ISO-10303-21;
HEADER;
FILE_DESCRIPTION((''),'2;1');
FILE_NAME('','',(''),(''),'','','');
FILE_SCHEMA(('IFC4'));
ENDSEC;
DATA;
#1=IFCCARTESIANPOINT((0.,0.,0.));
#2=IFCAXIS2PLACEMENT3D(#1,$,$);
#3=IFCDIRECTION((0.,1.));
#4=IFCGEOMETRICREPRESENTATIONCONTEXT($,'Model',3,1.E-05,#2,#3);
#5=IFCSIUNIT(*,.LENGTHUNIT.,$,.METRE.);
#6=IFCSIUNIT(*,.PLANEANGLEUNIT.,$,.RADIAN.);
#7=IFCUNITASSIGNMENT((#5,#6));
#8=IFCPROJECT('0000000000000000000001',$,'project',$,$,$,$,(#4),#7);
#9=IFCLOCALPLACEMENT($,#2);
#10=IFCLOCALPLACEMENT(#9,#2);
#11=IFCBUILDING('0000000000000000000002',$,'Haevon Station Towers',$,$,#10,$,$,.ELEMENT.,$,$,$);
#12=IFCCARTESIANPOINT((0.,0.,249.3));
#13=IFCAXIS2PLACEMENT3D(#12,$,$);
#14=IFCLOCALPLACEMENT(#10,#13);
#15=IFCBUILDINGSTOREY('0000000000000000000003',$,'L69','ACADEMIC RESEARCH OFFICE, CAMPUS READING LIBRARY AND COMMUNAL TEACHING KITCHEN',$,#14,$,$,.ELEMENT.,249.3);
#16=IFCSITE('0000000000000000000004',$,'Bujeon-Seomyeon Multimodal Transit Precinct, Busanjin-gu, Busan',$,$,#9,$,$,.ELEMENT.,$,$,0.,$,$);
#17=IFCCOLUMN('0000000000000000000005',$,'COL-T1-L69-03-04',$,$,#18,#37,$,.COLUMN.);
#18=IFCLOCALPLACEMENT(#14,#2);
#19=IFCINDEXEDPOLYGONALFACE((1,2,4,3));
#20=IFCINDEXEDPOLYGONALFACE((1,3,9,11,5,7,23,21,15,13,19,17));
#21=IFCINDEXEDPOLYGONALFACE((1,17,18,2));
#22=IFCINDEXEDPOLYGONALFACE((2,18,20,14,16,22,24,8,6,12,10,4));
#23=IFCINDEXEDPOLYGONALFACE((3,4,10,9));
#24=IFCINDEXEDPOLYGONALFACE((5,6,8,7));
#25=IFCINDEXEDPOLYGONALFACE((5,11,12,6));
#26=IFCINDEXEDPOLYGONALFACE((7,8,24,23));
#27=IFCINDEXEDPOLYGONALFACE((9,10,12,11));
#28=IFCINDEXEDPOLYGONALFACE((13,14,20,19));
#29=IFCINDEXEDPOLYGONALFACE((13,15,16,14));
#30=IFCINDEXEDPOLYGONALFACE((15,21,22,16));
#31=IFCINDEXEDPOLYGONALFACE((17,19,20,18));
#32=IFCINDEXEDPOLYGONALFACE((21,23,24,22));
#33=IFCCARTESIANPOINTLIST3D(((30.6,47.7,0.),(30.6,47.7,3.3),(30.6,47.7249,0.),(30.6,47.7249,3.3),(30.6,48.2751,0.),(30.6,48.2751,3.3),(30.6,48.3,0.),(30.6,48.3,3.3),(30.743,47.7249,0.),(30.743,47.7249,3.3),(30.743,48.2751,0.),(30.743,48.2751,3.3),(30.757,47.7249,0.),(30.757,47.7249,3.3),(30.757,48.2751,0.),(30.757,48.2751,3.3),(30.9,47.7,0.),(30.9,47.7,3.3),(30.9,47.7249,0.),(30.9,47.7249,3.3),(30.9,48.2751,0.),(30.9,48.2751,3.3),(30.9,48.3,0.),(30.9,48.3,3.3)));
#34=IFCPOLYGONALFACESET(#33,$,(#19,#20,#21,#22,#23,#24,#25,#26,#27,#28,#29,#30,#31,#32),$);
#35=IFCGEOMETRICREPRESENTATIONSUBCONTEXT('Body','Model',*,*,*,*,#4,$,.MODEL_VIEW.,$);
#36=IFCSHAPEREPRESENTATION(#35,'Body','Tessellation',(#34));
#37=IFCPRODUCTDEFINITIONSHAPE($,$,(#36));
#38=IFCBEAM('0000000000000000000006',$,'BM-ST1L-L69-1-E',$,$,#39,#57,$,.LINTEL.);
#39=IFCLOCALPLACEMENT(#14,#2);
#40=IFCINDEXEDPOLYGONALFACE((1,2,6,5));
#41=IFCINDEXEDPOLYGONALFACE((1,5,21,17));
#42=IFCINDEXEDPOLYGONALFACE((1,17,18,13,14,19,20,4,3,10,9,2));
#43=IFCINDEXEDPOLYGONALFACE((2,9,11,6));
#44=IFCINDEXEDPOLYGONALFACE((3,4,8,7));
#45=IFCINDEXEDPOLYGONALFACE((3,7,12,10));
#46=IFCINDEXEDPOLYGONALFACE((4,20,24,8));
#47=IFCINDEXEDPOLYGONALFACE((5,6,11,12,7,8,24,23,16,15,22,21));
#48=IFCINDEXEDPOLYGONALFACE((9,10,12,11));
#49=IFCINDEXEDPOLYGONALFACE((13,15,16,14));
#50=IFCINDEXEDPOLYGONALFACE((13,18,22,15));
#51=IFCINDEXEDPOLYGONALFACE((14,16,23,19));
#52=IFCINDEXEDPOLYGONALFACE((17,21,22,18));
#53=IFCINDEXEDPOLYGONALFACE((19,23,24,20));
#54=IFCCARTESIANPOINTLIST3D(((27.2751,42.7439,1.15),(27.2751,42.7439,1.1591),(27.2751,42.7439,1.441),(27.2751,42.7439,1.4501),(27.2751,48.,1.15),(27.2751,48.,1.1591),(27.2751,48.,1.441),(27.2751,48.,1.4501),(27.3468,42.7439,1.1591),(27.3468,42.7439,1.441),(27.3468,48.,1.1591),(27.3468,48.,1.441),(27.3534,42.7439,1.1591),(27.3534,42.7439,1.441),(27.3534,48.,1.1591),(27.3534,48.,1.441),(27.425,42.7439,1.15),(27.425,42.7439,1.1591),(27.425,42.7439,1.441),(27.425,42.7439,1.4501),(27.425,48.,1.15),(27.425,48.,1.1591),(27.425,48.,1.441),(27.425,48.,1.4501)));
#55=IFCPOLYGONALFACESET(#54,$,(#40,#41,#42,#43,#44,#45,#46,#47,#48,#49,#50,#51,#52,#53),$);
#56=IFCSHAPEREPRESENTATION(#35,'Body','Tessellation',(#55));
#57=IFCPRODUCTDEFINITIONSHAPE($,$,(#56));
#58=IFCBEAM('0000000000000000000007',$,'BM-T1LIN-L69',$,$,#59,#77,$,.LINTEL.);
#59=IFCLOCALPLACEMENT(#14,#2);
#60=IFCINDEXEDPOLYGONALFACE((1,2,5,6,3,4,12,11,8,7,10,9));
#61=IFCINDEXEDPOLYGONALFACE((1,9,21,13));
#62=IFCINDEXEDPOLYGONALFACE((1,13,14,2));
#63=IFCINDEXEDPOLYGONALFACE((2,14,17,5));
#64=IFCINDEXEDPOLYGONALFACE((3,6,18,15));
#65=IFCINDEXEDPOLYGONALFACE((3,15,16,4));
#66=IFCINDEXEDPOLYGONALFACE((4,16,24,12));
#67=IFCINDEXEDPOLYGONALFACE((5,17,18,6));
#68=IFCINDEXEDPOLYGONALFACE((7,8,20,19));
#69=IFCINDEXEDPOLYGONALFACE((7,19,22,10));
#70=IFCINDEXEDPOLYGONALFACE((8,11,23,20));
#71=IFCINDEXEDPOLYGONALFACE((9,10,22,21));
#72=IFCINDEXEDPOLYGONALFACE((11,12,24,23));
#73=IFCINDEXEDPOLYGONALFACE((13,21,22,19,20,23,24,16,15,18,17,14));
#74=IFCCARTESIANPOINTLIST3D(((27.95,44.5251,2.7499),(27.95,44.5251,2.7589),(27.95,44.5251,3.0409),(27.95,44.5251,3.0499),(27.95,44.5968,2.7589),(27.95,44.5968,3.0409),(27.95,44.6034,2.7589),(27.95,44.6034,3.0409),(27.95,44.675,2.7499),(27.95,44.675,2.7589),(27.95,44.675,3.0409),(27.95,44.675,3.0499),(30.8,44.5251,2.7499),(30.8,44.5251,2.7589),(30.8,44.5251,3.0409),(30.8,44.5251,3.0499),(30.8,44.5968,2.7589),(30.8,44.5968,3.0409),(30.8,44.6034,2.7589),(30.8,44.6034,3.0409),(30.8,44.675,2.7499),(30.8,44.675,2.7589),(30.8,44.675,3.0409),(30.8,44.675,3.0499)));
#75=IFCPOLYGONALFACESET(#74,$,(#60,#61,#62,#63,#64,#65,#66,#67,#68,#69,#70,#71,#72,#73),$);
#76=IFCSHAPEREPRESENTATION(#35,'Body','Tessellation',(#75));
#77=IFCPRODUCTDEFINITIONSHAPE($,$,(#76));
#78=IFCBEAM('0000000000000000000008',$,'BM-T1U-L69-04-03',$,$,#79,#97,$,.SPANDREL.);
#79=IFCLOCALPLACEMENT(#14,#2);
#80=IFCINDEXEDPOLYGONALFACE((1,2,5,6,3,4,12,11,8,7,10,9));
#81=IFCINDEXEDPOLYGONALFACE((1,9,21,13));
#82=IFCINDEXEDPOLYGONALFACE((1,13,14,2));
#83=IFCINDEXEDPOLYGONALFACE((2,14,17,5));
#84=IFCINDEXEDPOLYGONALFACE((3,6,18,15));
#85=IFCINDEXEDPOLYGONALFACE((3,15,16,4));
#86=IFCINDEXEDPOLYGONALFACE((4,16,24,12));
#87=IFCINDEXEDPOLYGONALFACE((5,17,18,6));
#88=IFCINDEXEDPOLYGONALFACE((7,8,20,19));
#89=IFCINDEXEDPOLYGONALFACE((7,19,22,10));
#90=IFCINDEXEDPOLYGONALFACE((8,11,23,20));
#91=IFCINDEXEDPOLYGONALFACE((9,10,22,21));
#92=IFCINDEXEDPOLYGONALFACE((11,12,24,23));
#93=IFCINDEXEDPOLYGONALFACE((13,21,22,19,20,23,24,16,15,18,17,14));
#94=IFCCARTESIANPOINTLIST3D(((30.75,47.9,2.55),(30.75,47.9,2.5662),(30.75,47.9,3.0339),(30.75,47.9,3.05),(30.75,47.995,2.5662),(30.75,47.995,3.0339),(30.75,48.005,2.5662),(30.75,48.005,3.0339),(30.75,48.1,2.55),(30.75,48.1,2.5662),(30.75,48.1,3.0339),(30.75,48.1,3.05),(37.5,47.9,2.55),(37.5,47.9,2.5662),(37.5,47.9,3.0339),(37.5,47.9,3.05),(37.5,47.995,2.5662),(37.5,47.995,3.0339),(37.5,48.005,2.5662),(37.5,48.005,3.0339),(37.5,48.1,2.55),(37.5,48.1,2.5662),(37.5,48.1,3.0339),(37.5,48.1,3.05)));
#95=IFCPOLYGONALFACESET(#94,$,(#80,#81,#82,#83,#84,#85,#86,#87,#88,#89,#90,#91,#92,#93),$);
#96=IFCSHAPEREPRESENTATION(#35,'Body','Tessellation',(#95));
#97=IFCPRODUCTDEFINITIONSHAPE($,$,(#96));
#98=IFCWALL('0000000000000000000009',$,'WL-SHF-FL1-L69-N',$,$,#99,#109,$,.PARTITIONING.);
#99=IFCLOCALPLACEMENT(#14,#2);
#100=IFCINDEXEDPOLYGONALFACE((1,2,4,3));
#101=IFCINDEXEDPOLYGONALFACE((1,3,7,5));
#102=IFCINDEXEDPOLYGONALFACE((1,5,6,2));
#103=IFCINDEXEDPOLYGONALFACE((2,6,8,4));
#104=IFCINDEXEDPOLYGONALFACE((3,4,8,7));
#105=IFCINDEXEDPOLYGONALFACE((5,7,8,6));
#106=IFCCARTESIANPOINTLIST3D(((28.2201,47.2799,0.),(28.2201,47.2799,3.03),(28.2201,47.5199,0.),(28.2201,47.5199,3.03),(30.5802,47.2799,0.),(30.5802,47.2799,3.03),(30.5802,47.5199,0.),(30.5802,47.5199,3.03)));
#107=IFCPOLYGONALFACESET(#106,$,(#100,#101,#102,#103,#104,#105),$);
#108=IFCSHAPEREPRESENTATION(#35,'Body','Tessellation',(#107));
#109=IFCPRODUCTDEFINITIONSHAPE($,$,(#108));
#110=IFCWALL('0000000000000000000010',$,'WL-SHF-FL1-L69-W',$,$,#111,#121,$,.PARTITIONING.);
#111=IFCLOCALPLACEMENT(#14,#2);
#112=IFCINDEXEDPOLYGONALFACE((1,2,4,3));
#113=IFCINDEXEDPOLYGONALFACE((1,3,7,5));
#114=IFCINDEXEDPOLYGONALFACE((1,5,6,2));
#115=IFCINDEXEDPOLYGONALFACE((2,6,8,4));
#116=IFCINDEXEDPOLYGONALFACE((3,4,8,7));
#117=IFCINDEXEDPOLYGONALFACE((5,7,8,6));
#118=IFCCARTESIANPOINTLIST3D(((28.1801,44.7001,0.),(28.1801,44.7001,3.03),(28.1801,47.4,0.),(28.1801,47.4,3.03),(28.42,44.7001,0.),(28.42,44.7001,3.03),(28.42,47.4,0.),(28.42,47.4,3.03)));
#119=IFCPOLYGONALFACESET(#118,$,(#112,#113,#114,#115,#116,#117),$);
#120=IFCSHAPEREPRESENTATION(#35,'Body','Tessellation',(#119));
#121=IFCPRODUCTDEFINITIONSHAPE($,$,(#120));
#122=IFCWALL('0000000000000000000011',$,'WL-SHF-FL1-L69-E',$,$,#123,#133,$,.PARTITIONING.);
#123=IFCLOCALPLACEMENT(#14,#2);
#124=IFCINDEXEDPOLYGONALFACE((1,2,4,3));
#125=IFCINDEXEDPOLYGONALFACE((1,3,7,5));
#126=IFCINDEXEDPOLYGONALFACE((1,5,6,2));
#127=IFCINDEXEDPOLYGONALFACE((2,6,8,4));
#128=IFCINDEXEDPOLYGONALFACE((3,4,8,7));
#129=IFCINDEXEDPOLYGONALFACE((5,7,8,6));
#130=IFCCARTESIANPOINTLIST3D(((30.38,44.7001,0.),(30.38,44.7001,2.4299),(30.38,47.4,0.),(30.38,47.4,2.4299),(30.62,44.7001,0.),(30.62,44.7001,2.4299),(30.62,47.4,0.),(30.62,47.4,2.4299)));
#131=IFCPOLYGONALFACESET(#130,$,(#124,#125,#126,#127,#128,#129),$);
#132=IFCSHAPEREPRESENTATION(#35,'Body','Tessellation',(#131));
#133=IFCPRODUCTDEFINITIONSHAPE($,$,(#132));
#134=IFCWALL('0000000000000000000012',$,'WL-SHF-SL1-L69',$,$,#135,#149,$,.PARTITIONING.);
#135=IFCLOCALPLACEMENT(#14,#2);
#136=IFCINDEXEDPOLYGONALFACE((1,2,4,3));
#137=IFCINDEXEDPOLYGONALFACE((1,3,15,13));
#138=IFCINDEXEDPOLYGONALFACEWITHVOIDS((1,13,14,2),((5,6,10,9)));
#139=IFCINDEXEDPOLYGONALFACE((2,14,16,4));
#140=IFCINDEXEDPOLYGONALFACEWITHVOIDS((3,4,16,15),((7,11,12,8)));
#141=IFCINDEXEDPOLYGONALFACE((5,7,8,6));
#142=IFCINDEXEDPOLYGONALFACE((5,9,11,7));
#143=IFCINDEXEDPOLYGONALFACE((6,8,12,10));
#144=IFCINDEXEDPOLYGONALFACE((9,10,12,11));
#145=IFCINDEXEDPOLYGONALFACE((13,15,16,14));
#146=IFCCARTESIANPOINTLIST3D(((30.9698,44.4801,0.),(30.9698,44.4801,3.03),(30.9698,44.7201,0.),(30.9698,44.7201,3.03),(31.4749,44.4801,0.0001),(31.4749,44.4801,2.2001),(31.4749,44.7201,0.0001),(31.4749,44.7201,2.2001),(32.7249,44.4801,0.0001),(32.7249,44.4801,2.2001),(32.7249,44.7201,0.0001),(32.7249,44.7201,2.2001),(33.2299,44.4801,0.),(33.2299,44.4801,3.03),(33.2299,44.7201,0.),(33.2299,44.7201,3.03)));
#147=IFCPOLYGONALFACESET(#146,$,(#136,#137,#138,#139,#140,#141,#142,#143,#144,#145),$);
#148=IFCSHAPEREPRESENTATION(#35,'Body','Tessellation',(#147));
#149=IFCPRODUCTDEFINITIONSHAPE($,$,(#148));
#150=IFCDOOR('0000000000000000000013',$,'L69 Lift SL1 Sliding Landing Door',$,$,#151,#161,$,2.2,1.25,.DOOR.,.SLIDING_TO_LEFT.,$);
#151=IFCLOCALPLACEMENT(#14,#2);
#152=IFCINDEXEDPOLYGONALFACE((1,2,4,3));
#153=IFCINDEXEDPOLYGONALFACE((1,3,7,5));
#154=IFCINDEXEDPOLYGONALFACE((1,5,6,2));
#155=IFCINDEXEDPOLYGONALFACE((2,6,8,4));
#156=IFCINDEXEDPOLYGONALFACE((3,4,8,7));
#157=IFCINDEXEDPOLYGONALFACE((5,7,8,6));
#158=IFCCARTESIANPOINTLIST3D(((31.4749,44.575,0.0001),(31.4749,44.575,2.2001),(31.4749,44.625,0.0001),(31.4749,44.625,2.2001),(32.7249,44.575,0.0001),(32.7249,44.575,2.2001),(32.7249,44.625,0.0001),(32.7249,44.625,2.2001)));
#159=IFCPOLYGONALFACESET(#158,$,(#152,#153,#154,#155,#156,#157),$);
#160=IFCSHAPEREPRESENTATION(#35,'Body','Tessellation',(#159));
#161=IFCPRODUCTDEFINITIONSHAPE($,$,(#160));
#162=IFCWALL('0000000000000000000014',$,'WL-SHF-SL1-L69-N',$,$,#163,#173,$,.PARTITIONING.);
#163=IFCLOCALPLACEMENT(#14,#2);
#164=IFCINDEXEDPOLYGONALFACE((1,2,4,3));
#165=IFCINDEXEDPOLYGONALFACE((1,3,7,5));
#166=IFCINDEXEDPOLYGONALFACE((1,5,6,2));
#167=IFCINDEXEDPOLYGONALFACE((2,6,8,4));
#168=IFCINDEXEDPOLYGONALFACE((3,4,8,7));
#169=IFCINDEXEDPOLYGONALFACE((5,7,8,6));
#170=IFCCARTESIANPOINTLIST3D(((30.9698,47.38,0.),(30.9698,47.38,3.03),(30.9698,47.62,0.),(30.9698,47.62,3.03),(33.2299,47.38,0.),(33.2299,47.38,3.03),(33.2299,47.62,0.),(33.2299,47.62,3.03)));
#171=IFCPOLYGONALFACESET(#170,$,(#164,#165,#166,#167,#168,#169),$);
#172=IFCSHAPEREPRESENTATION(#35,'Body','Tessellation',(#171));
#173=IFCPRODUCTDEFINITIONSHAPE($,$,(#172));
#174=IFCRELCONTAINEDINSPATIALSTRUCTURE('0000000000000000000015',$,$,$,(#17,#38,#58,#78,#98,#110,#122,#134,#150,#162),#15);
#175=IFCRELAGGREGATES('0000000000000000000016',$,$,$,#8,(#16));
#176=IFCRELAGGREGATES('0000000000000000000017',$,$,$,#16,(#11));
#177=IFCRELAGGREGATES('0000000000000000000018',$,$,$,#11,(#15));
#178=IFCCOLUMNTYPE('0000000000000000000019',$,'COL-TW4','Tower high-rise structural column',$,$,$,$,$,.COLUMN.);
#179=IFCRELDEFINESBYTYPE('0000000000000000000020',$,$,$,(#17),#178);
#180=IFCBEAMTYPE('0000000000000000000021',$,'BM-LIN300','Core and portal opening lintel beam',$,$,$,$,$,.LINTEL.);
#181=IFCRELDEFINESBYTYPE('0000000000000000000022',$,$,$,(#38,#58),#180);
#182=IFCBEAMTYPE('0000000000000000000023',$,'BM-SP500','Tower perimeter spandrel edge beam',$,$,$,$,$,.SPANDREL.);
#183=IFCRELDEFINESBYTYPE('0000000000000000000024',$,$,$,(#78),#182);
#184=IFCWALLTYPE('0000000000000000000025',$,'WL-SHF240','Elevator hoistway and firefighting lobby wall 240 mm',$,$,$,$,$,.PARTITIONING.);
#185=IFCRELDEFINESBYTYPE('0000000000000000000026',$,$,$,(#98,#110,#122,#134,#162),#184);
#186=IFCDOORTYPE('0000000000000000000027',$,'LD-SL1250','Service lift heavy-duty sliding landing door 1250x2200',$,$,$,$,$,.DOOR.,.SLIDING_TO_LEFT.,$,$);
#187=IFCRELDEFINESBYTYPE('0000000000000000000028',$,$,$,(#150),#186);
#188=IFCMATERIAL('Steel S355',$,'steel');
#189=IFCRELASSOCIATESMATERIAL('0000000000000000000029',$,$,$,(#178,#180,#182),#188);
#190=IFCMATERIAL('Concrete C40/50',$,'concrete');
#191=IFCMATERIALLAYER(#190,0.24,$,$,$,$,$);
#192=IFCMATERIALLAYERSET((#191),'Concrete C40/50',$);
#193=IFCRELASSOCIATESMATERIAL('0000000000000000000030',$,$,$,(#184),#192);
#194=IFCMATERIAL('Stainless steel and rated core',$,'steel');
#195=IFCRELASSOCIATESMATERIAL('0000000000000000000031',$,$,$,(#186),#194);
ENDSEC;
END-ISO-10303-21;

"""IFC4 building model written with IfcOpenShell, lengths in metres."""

from ifc_helpers import new_model, si_unit, direction, frame, frame_2d, origin, origin_2d, place, context, subcontext, project, spatial, rectangle, i_section, extrude, material, layer, layer_set, material_profile, profile_set, type_object, element, fill, save


model = new_model("IFC4")

# Units and contexts
model_context = context("Model", 3, precision=1e-05, world=origin(), true_north=direction((0.0, 1.0)))
body_context = subcontext(model_context, "Body", "Model", "MODEL_VIEW")
ifc_project = project(units=[si_unit("LENGTHUNIT", "METRE"), si_unit("PLANEANGLEUNIT", "RADIAN")], contexts=[model_context])

# Site, building, storey
site_placement = place(None, origin())
site = spatial("IfcSite", under=ifc_project, at=site_placement, Name="Bujeon-Seomyeon Multimodal Transit Precinct, Busanjin-gu, Busan", CompositionType="ELEMENT", RefElevation=0.0)
building_placement = place(site_placement, origin())
building = spatial("IfcBuilding", under=site, at=building_placement, Name="Haevon Station Towers", CompositionType="ELEMENT")
storey_placement = place(building_placement, frame((0.0, 0.0, 249.3)))
storey = spatial("IfcBuildingStorey", under=building, at=storey_placement, Name="L69", Description="ACADEMIC RESEARCH OFFICE, CAMPUS READING LIBRARY AND COMMUNAL TEACHING KITCHEN", CompositionType="ELEMENT", Elevation=249.3)

# Column
ifc_material_1 = material(Name="Steel S355", Category="steel")
ifc_material_profile_1 = material_profile(ifc_material_1, i_section(OverallWidth=0.3, OverallDepth=0.6001, WebThickness=0.0139, FlangeThickness=0.0249, at=origin_2d()), Name="H-600x300x14x25")
ifc_profile_set_1 = profile_set([ifc_material_profile_1], Name="Steel S355")
column_type = type_object("IfcColumnType", Name="COL-TW4", Description="Tower high-rise structural column", PredefinedType="COLUMN", material=ifc_profile_set_1)
column_placement = place(storey_placement, frame((30.75, 48.0, 0.0), z_axis=(0.0, 0.0, 1.0), x_axis=(1.0, 0.0, 0.0)))
element("IfcColumn", 1, at=column_placement, inside=storey, type_object=column_type, Name="COL-T1-L69-03-04", PredefinedType="COLUMN", context=body_context, shape_type="SweptSolid", body=[
    extrude(i_section(OverallWidth=0.3, OverallDepth=0.6001, WebThickness=0.0139, FlangeThickness=0.0249, at=origin_2d()), origin(), (0.0, 0.0, 1.0), 3.3),
])

# Beams
ifc_material_profile_2 = material_profile(ifc_material_1, i_section(OverallWidth=0.1499, OverallDepth=0.3, WebThickness=0.0066, FlangeThickness=0.009, at=origin_2d()), Name="H-300x150x6.5x9")
ifc_profile_set_2 = profile_set([ifc_material_profile_2], Name="Steel S355")
beam_type_1 = type_object("IfcBeamType", Name="BM-LIN300", Description="Core and portal opening lintel beam", PredefinedType="LINTEL", material=ifc_profile_set_2)
beam_1_placement = place(storey_placement, frame((27.3501, 42.7439, 1.3), z_axis=(0.0, 1.0, 0.0), x_axis=(-1.0, 0.0, 0.0)))
element("IfcBeam", 2, at=beam_1_placement, inside=storey, type_object=beam_type_1, Name="BM-ST1L-L69-1-E", PredefinedType="LINTEL", context=body_context, shape_type="SweptSolid", body=[
    extrude(i_section(OverallWidth=0.1499, OverallDepth=0.3, WebThickness=0.0066, FlangeThickness=0.009, at=origin_2d()), origin(), (0.0, 0.0, 1.0), 5.2561),
])
beam_2_placement = place(storey_placement, frame((27.95, 44.6001, 2.8999), z_axis=(1.0, 0.0, 0.0), x_axis=(0.0, 1.0, 0.0)))
element("IfcBeam", 3, at=beam_2_placement, inside=storey, type_object=beam_type_1, Name="BM-T1LIN-L69", PredefinedType="LINTEL", context=body_context, shape_type="SweptSolid", body=[
    extrude(i_section(OverallWidth=0.1499, OverallDepth=0.3, WebThickness=0.0066, FlangeThickness=0.009, at=origin_2d()), origin(), (0.0, 0.0, 1.0), 2.8501),
])
ifc_material_profile_3 = material_profile(ifc_material_1, i_section(OverallWidth=0.2, OverallDepth=0.5, WebThickness=0.01, FlangeThickness=0.0161, at=origin_2d()), Name="H-500x200x10x16")
ifc_profile_set_3 = profile_set([ifc_material_profile_3], Name="Steel S355")
beam_type_2 = type_object("IfcBeamType", Name="BM-SP500", Description="Tower perimeter spandrel edge beam", PredefinedType="SPANDREL", material=ifc_profile_set_3)
beam_3_placement = place(storey_placement, frame((30.75, 48.0, 2.8), z_axis=(1.0, 0.0, 0.0), x_axis=(0.0, 1.0, 0.0)))
element("IfcBeam", 4, at=beam_3_placement, inside=storey, type_object=beam_type_2, Name="BM-T1U-L69-04-03", PredefinedType="SPANDREL", context=body_context, shape_type="SweptSolid", body=[
    extrude(i_section(OverallWidth=0.2, OverallDepth=0.5, WebThickness=0.01, FlangeThickness=0.0161, at=origin_2d()), origin(), (0.0, 0.0, 1.0), 6.75),
])

# Shared definitions
ifc_material_2 = material(Name="Concrete C40/50", Category="concrete")
ifc_layer = layer(ifc_material_2, 0.24)
ifc_layer_set = layer_set([ifc_layer], Name="Concrete C40/50")
wall_type = type_object("IfcWallType", Name="WL-SHF240", Description="Elevator hoistway and firefighting lobby wall 240 mm", PredefinedType="PARTITIONING", material=ifc_layer_set)
ifc_material_3 = material(Name="Stainless steel and rated core", Category="steel")

# Walls
wall_1_placement = place(storey_placement, frame((28.22, 47.3999, 0.0), z_axis=(0.0, 0.0, 1.0), x_axis=(1.0, 0.0, 0.0)))
element("IfcWall", 5, at=wall_1_placement, inside=storey, type_object=wall_type, Name="WL-SHF-FL1-L69-N", PredefinedType="PARTITIONING", context=body_context, shape_type="SweptSolid", body=[
    extrude(rectangle(XDim=2.3601, YDim=0.24, at=frame_2d((1.1802, 0.0))), origin(), (0.0, 0.0, 1.0), 3.03),
])
wall_2_placement = place(storey_placement, frame((28.3, 44.7, 0.0), z_axis=(0.0, 0.0, 1.0), x_axis=(0.0, 1.0, 0.0)))
element("IfcWall", 6, at=wall_2_placement, inside=storey, type_object=wall_type, Name="WL-SHF-FL1-L69-W", PredefinedType="PARTITIONING", context=body_context, shape_type="SweptSolid", body=[
    extrude(rectangle(XDim=2.7, YDim=0.24, at=frame_2d((1.3501, 0.0))), origin(), (0.0, 0.0, 1.0), 3.03),
])
wall_3_placement = place(storey_placement, frame((30.5, 44.7, 0.0), z_axis=(0.0, 0.0, 1.0), x_axis=(0.0, 1.0, 0.0)))
element("IfcWall", 7, at=wall_3_placement, inside=storey, type_object=wall_type, Name="WL-SHF-FL1-L69-E", PredefinedType="PARTITIONING", context=body_context, shape_type="SweptSolid", body=[
    extrude(rectangle(XDim=2.7, YDim=0.24, at=frame_2d((1.3501, 0.0))), origin(), (0.0, 0.0, 1.0), 2.4299),
])

# Wall, opening, door
wall_4_placement = place(storey_placement, frame((30.97, 44.6001, 0.0), z_axis=(0.0, 0.0, 1.0), x_axis=(1.0, 0.0, 0.0)))
wall_4 = element("IfcWall", 8, at=wall_4_placement, inside=storey, type_object=wall_type, Name="WL-SHF-SL1-L69", PredefinedType="PARTITIONING", context=body_context, shape_type="SweptSolid", body=[
    extrude(rectangle(XDim=2.26, YDim=0.24, at=frame_2d((1.1299, 0.0))), origin(), (0.0, 0.0, 1.0), 3.03),
])
opening_1_placement = place(wall_4_placement, frame((0.5049, 0.0, 0.0)))
opening_1 = element("IfcOpeningElement", 9, at=opening_1_placement, cuts=wall_4, PredefinedType="OPENING", context=body_context, shape_type="SweptSolid", body=[
    extrude(rectangle(XDim=1.25, YDim=2.2, at=frame_2d((0.625, 1.1001))), frame((0.0, 0.1299, 0.0), z_axis=(0.0, -1.0, 0.0), x_axis=(1.0, 0.0, 0.0)), (0.0, 0.0, 1.0), 0.26),
])
door_type_1 = type_object("IfcDoorType", Name="LD-SL1250", Description="Service lift heavy-duty sliding landing door 1250x2200", OperationType="SLIDING_TO_LEFT", PredefinedType="DOOR", material=ifc_material_3)
door_1_placement = place(opening_1_placement, origin())
door_1 = element("IfcDoor", 10, at=door_1_placement, inside=storey, type_object=door_type_1, Name="L69 Lift SL1 Sliding Landing Door", OperationType="SLIDING_TO_LEFT", OverallHeight=2.2, OverallWidth=1.25, PredefinedType="DOOR", context=body_context, shape_type="SweptSolid", body=[
    extrude(rectangle(XDim=1.25, YDim=2.2, at=frame_2d((0.625, 1.1001))), frame((0.0, 0.0249, 0.0), z_axis=(0.0, -1.0, 0.0), x_axis=(1.0, 0.0, 0.0)), (0.0, 0.0, 1.0), 0.05),
])
fill(opening_1, door_1)

# Wall
wall_5_placement = place(storey_placement, frame((30.97, 47.5, 0.0), z_axis=(0.0, 0.0, 1.0), x_axis=(1.0, 0.0, 0.0)))
element("IfcWall", 11, at=wall_5_placement, inside=storey, type_object=wall_type, Name="WL-SHF-SL1-L69-N", PredefinedType="PARTITIONING", context=body_context, shape_type="SweptSolid", body=[
    extrude(rectangle(XDim=2.26, YDim=0.24, at=frame_2d((1.1299, 0.0))), origin(), (0.0, 0.0, 1.0), 3.03),
])

save(model, "model.ifc")
